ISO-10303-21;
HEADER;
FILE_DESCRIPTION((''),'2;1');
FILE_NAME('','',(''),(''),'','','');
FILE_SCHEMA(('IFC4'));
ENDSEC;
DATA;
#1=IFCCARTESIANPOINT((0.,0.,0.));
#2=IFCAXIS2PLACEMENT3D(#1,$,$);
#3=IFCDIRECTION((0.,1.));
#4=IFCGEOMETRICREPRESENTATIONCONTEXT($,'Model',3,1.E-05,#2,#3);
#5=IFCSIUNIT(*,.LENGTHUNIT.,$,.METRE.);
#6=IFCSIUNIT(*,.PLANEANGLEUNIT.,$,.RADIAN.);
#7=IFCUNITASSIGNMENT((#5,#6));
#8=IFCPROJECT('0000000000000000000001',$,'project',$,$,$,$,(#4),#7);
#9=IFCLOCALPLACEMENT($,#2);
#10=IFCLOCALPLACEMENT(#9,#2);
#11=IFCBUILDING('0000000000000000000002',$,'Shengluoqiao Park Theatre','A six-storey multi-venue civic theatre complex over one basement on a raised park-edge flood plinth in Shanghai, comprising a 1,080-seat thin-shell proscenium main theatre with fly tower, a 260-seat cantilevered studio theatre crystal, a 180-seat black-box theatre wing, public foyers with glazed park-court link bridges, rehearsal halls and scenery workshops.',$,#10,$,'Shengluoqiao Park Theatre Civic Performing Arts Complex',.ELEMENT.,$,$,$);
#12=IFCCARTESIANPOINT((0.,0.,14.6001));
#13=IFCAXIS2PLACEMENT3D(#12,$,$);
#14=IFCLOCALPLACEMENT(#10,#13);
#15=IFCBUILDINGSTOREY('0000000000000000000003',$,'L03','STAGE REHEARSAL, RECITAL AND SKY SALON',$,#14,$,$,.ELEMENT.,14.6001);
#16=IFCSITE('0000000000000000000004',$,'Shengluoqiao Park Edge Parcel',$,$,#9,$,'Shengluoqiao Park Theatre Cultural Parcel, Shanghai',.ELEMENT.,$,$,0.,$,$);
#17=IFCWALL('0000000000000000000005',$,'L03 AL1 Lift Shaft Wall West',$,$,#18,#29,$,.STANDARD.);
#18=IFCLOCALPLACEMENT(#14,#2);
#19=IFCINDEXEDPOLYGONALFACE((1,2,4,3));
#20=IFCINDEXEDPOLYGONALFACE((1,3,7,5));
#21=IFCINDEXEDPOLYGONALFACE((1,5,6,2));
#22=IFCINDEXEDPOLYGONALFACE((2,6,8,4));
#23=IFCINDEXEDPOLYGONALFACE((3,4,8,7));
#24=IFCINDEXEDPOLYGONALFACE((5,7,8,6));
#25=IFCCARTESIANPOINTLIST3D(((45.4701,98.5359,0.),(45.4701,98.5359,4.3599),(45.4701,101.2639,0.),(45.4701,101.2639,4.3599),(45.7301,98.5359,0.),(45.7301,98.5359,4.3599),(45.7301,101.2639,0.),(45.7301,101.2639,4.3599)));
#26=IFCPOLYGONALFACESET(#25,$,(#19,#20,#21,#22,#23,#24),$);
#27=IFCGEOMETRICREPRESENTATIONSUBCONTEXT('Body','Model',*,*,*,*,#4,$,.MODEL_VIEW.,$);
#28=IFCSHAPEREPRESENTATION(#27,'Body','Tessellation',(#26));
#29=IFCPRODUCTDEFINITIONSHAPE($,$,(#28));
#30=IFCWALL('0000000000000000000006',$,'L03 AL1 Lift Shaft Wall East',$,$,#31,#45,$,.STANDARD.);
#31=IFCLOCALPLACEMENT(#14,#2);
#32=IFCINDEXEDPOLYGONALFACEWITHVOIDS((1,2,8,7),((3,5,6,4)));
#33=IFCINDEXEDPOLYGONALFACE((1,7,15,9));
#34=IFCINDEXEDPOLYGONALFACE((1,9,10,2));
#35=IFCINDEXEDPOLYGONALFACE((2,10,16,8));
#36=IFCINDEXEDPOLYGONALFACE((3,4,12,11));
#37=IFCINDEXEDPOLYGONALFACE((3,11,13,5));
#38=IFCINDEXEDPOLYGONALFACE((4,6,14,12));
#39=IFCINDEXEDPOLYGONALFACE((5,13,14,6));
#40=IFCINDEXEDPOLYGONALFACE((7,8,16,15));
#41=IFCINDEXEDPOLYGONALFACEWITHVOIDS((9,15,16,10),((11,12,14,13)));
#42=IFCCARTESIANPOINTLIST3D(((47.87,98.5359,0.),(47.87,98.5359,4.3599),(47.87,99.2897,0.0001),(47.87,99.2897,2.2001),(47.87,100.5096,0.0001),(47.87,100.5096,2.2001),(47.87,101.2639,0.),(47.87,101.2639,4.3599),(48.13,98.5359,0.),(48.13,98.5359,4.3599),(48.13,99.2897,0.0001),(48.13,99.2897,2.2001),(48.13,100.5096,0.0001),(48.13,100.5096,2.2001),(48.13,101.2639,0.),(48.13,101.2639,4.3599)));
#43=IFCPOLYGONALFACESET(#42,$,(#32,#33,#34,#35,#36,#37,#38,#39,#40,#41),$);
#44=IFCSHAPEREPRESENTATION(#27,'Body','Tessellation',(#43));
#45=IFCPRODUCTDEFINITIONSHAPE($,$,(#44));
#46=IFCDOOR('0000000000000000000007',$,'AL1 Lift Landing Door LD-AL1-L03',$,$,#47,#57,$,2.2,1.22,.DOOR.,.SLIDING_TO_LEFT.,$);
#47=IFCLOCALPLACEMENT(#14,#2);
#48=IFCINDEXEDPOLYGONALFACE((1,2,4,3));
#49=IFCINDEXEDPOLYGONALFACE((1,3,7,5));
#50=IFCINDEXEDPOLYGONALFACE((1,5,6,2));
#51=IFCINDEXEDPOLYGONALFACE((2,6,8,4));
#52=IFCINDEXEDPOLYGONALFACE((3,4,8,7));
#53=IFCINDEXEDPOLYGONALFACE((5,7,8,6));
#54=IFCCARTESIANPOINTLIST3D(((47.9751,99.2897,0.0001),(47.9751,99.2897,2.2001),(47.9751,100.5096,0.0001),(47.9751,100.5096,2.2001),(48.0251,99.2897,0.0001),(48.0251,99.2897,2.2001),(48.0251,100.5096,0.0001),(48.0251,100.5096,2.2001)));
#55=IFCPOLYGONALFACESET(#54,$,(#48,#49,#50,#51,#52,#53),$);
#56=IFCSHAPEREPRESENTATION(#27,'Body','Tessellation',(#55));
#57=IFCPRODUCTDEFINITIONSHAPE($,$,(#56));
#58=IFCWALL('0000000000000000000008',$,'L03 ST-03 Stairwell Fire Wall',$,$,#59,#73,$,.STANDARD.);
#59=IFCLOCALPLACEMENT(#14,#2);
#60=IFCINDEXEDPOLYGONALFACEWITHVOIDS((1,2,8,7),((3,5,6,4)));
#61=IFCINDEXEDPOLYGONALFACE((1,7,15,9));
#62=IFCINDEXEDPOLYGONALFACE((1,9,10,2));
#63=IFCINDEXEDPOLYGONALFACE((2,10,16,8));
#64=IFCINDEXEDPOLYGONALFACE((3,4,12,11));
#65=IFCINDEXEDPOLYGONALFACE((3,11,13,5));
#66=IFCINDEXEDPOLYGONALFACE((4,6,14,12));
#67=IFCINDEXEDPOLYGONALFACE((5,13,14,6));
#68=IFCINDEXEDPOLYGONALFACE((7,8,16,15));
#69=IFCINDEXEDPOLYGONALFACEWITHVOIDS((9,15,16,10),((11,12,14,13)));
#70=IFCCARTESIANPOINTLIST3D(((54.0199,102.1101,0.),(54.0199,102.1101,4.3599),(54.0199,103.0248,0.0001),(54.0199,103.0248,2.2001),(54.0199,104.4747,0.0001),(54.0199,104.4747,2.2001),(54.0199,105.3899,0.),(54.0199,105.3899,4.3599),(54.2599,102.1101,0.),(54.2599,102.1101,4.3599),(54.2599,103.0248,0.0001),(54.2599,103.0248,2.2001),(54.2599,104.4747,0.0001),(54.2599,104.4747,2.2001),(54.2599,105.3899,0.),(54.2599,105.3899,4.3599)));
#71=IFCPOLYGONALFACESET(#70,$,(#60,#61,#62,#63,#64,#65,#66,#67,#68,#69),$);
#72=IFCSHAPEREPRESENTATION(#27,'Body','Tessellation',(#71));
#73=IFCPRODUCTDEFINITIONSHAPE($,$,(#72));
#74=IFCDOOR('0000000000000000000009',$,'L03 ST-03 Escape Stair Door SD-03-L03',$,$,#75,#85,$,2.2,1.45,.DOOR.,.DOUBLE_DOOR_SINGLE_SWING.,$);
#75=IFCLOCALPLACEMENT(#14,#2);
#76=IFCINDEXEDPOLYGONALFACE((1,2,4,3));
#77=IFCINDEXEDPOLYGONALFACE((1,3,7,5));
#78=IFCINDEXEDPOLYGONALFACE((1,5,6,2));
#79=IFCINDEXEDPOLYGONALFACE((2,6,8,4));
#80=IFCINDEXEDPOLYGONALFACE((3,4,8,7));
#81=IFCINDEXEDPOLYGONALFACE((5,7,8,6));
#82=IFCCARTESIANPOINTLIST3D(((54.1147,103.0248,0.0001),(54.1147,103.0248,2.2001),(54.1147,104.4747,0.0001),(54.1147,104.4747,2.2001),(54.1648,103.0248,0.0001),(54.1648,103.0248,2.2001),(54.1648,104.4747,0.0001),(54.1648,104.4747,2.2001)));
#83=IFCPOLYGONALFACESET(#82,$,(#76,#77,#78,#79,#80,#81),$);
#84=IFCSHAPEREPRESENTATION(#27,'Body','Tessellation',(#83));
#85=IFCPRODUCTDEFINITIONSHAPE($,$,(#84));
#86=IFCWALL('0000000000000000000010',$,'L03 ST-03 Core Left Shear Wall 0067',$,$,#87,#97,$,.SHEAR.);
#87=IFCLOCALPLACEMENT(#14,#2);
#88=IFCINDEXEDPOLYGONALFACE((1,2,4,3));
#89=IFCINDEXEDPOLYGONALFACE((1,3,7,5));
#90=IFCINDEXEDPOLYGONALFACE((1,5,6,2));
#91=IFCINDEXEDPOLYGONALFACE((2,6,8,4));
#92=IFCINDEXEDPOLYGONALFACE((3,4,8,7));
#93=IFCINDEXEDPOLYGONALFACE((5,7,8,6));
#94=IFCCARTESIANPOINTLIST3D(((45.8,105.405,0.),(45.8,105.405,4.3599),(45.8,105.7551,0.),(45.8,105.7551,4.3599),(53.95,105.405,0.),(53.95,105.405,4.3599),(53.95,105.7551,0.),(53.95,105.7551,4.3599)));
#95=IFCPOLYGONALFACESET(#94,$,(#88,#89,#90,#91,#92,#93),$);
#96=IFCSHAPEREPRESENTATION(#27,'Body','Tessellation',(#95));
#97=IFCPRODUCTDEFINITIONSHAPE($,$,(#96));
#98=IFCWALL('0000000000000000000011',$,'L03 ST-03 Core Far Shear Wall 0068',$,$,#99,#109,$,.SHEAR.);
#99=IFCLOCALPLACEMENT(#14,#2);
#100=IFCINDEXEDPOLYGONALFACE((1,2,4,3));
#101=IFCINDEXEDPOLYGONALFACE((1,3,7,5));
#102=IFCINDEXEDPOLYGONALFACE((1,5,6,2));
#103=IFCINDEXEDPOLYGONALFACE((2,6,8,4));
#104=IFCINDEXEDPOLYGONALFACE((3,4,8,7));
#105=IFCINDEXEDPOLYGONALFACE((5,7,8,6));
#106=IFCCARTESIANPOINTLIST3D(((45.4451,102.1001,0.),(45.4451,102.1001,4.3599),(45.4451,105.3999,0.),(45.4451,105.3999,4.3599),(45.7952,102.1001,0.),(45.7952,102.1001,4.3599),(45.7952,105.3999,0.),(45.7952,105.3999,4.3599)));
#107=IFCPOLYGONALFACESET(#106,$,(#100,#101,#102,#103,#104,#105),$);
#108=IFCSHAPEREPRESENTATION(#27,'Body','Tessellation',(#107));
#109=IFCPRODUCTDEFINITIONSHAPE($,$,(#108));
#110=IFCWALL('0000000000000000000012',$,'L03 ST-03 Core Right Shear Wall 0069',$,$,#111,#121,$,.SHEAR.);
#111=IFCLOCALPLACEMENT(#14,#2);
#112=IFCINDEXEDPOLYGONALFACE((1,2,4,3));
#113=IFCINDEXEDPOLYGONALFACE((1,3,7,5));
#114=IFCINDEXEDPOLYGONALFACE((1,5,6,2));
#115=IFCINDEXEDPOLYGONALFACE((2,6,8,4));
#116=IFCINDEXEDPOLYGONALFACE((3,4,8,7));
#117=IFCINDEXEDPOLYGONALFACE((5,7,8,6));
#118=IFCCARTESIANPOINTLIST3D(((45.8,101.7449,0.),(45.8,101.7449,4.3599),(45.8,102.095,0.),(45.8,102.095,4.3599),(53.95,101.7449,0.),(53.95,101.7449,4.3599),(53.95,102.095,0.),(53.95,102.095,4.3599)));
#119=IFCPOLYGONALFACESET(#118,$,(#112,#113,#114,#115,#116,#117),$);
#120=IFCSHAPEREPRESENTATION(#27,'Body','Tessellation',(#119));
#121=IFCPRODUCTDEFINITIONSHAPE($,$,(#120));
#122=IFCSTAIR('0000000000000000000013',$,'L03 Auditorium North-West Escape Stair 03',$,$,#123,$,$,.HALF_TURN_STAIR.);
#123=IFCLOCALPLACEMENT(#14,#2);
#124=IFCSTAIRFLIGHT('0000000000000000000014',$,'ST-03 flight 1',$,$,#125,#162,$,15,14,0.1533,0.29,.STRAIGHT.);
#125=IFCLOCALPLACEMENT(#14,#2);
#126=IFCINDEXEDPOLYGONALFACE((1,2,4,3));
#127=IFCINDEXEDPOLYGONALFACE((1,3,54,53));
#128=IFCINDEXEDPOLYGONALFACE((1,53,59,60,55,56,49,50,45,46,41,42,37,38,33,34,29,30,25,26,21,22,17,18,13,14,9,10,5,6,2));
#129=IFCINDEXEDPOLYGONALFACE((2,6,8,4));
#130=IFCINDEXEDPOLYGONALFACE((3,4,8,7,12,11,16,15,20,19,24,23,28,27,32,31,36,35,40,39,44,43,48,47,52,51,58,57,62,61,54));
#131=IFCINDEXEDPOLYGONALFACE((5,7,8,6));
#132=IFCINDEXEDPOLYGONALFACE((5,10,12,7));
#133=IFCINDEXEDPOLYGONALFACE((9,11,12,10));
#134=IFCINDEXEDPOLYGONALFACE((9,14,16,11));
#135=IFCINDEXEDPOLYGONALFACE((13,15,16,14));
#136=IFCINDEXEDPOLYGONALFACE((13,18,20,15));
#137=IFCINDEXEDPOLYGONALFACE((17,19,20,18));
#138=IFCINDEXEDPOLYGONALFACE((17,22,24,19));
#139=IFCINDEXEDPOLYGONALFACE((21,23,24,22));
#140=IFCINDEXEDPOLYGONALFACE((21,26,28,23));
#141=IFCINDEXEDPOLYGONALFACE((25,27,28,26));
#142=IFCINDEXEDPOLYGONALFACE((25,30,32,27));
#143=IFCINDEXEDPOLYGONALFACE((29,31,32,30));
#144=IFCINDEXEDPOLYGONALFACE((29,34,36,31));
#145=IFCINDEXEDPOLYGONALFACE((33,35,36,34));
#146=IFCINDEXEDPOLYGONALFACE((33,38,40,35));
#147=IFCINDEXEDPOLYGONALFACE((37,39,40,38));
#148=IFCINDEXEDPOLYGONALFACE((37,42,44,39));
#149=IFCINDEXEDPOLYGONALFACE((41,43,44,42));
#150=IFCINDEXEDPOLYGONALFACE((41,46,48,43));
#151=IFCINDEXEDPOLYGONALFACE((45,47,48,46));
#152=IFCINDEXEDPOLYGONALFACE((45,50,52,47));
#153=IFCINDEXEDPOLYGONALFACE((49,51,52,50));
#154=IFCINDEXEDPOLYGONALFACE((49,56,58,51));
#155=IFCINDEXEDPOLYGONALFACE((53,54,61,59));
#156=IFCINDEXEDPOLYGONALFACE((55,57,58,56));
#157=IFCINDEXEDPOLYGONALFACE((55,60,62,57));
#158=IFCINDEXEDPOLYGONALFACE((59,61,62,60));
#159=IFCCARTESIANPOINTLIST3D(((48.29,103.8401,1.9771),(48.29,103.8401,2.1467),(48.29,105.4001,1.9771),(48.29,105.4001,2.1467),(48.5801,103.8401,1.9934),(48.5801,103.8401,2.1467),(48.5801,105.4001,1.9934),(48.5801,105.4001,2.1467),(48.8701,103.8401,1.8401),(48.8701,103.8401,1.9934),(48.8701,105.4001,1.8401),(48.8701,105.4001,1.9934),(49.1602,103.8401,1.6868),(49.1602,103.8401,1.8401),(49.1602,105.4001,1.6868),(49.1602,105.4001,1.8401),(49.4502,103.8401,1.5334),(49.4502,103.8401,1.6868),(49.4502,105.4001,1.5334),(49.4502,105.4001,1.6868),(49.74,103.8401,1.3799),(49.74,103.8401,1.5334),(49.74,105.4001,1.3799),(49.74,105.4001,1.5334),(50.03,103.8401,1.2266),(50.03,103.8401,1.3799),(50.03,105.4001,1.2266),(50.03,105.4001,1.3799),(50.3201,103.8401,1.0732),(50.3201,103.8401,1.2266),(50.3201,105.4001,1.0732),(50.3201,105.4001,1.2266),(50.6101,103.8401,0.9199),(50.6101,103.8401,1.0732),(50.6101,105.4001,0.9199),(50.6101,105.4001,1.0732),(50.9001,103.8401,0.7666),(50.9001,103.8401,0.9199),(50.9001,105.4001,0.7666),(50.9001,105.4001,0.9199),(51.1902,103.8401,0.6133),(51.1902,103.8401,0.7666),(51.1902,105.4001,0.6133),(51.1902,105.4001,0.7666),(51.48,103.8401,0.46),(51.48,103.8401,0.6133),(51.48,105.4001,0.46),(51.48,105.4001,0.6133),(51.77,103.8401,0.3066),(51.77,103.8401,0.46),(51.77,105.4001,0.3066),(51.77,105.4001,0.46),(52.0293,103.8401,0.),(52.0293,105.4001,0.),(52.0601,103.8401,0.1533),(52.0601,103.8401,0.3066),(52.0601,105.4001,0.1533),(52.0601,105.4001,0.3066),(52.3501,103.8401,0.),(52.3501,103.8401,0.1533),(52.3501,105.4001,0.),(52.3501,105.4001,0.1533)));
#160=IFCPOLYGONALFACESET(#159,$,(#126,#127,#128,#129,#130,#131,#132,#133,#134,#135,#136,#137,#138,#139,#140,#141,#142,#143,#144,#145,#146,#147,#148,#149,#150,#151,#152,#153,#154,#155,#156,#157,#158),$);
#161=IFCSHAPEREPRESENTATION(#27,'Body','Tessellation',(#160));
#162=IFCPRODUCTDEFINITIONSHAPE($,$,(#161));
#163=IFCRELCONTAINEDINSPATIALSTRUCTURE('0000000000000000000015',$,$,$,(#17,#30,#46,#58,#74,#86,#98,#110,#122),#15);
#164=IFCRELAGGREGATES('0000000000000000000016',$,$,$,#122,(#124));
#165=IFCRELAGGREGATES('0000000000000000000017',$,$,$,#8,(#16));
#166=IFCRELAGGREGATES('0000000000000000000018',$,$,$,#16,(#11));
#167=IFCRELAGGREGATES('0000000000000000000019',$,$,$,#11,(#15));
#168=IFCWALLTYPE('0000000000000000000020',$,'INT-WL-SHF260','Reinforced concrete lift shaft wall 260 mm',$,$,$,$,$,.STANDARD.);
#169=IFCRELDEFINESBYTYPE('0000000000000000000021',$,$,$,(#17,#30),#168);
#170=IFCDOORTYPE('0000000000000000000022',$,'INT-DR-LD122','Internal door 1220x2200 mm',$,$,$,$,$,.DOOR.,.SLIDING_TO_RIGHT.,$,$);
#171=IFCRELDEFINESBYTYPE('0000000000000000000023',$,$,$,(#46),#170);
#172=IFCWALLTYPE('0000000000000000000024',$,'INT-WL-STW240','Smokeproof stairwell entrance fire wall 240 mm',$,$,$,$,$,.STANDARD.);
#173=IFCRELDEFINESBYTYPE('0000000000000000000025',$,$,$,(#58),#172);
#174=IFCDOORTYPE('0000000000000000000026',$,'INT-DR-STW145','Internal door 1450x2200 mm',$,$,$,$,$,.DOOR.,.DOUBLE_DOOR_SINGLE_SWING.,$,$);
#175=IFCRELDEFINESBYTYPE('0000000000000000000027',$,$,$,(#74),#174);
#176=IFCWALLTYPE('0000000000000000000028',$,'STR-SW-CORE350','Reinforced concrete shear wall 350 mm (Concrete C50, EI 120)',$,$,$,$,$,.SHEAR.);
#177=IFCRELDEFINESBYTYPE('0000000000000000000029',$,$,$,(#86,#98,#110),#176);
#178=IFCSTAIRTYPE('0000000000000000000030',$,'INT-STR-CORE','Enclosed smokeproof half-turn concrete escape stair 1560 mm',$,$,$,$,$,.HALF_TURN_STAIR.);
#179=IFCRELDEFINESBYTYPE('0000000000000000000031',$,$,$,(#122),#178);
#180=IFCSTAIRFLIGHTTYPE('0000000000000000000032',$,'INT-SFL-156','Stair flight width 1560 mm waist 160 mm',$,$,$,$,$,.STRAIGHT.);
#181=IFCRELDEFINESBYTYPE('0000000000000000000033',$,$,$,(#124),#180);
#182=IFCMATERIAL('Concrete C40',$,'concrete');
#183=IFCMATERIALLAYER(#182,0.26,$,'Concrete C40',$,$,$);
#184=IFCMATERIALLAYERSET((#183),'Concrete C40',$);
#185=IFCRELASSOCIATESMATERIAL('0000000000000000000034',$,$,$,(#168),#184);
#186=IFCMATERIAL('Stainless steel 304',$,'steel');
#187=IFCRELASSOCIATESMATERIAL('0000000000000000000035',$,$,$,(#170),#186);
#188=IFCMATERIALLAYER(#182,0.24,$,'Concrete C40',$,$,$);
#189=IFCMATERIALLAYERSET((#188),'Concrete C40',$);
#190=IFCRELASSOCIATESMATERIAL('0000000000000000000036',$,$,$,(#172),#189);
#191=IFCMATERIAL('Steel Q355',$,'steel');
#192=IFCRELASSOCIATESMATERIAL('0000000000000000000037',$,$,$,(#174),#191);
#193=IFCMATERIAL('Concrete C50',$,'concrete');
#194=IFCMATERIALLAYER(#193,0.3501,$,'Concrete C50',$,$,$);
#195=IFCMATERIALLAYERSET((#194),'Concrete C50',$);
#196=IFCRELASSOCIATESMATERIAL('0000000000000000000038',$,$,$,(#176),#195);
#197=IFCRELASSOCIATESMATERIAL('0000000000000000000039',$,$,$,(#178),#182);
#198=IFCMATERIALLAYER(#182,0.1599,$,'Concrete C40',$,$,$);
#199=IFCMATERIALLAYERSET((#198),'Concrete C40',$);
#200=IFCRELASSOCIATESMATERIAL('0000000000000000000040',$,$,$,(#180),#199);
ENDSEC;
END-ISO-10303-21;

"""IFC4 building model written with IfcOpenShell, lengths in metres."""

from ifc_helpers import new_model, si_unit, direction, frame, frame_2d, origin, place, context, subcontext, project, spatial, polyline, rectangle, outline, extrude, material, layer, layer_set, type_object, element, fill, aggregate, save


model = new_model("IFC4")

# Units and contexts
model_context = context("Model", 3, precision=1e-05, world=origin(), true_north=direction((0.0, 1.0)))
body_context = subcontext(model_context, "Body", "Model", "MODEL_VIEW")
ifc_project = project(units=[si_unit("LENGTHUNIT", "METRE"), si_unit("PLANEANGLEUNIT", "RADIAN")], contexts=[model_context])

# Site, building, storey
site_placement = place(None, origin())
site = spatial("IfcSite", under=ifc_project, at=site_placement, Name="Shengluoqiao Park Edge Parcel", LongName="Shengluoqiao Park Theatre Cultural Parcel, Shanghai", CompositionType="ELEMENT", RefElevation=0.0)
building_placement = place(site_placement, origin())
building = spatial("IfcBuilding", under=site, at=building_placement, Name="Shengluoqiao Park Theatre", Description="A six-storey multi-venue civic theatre complex over one basement on a raised park-edge flood plinth in Shanghai, comprising a 1,080-seat thin-shell proscenium main theatre with fly tower, a 260-seat cantilevered studio theatre crystal, a 180-seat black-box theatre wing, public foyers with glazed park-court link bridges, rehearsal halls and scenery workshops.", LongName="Shengluoqiao Park Theatre Civic Performing Arts Complex", CompositionType="ELEMENT")
storey_placement = place(building_placement, frame((0.0, 0.0, 14.6001)))
storey = spatial("IfcBuildingStorey", under=building, at=storey_placement, Name="L03", Description="STAGE REHEARSAL, RECITAL AND SKY SALON", CompositionType="ELEMENT", Elevation=14.6001)

# Shared definitions
ifc_material_1 = material(Name="Concrete C50", Category="concrete")

# Shared definitions
ifc_material_2 = material(Name="Steel Q355", Category="steel")

# Shared definitions
ifc_material_3 = material(Name="Concrete C40", Category="concrete")
ifc_layer_1 = layer(ifc_material_3, 0.26, Name="Concrete C40")
ifc_layer_set_1 = layer_set([ifc_layer_1], Name="Concrete C40")
wall_type_1 = type_object("IfcWallType", Name="INT-WL-SHF260", Description="Reinforced concrete lift shaft wall 260 mm", PredefinedType="STANDARD", material=ifc_layer_set_1)

# Shared definitions
ifc_material_4 = material(Name="Stainless steel 304", Category="steel")
door_type_1 = type_object("IfcDoorType", Name="INT-DR-LD122", Description="Internal door 1220x2200 mm", OperationType="SLIDING_TO_RIGHT", PredefinedType="DOOR", material=ifc_material_4)

# Wall
wall_1_placement = place(storey_placement, frame((45.6001, 98.5359, 0.0), z_axis=(0.0, 0.0, 1.0), x_axis=(0.0, 1.0, 0.0)))
element("IfcWall", 1, at=wall_1_placement, inside=storey, type_object=wall_type_1, Name="L03 AL1 Lift Shaft Wall West", PredefinedType="STANDARD", context=body_context, shape_type="SweptSolid", body=[
    extrude(rectangle(XDim=2.728, YDim=0.26, at=frame_2d((1.364, 0.0))), origin(), (0.0, 0.0, 1.0), 4.3599),
])

# Walls, openings, doors
wall_2_placement = place(storey_placement, frame((48.0, 98.5359, 0.0), z_axis=(0.0, 0.0, 1.0), x_axis=(0.0, 1.0, 0.0)))
wall_2 = element("IfcWall", 2, at=wall_2_placement, inside=storey, type_object=wall_type_1, Name="L03 AL1 Lift Shaft Wall East", PredefinedType="STANDARD", context=body_context, shape_type="SweptSolid", body=[
    extrude(rectangle(XDim=2.728, YDim=0.26, at=frame_2d((1.364, 0.0))), origin(), (0.0, 0.0, 1.0), 4.3599),
])
opening_1_placement = place(wall_2_placement, frame((0.7539, 0.0, 0.0)))
opening_1 = element("IfcOpeningElement", 3, at=opening_1_placement, cuts=wall_2, PredefinedType="OPENING", context=body_context, shape_type="SweptSolid", body=[
    extrude(rectangle(XDim=1.22, YDim=2.2, at=frame_2d((0.6099, 1.1001))), frame((0.0, 0.1399, 0.0), z_axis=(0.0, -1.0, 0.0), x_axis=(1.0, 0.0, 0.0)), (0.0, 0.0, 1.0), 0.28),
])
door_1_placement = place(opening_1_placement, origin())
door_1 = element("IfcDoor", 4, at=door_1_placement, inside=storey, type_object=door_type_1, Name="AL1 Lift Landing Door LD-AL1-L03", OperationType="SLIDING_TO_LEFT", OverallHeight=2.2, OverallWidth=1.22, PredefinedType="DOOR", context=body_context, shape_type="SweptSolid", body=[
    extrude(rectangle(XDim=1.22, YDim=2.2, at=frame_2d((0.6099, 1.1001))), frame((0.0, 0.0249, 0.0), z_axis=(0.0, -1.0, 0.0), x_axis=(1.0, 0.0, 0.0)), (0.0, 0.0, 1.0), 0.05),
])
fill(opening_1, door_1)
ifc_layer_2 = layer(ifc_material_3, 0.24, Name="Concrete C40")
ifc_layer_set_2 = layer_set([ifc_layer_2], Name="Concrete C40")
wall_type_2 = type_object("IfcWallType", Name="INT-WL-STW240", Description="Smokeproof stairwell entrance fire wall 240 mm", PredefinedType="STANDARD", material=ifc_layer_set_2)
wall_3_placement = place(storey_placement, frame((54.1399, 105.3899, 0.0), z_axis=(0.0, 0.0, 1.0), x_axis=(0.0, -1.0, 0.0)))
wall_3 = element("IfcWall", 5, at=wall_3_placement, inside=storey, type_object=wall_type_2, Name="L03 ST-03 Stairwell Fire Wall", PredefinedType="STANDARD", context=body_context, shape_type="SweptSolid", body=[
    extrude(rectangle(XDim=3.2798, YDim=0.24, at=frame_2d((1.6399, 0.0))), origin(), (0.0, 0.0, 1.0), 4.3599),
])
opening_2_placement = place(wall_3_placement, frame((0.915, 0.0, 0.0)))
opening_2 = element("IfcOpeningElement", 6, at=opening_2_placement, cuts=wall_3, PredefinedType="OPENING", context=body_context, shape_type="SweptSolid", body=[
    extrude(rectangle(XDim=1.45, YDim=2.2, at=frame_2d((0.7251, 1.1001))), frame((0.0, 0.1299, 0.0), z_axis=(0.0, -1.0, 0.0), x_axis=(1.0, 0.0, 0.0)), (0.0, 0.0, 1.0), 0.26),
])
door_type_2 = type_object("IfcDoorType", Name="INT-DR-STW145", Description="Internal door 1450x2200 mm", OperationType="DOUBLE_DOOR_SINGLE_SWING", PredefinedType="DOOR", material=ifc_material_2)
door_2_placement = place(opening_2_placement, origin())
door_2 = element("IfcDoor", 7, at=door_2_placement, inside=storey, type_object=door_type_2, Name="L03 ST-03 Escape Stair Door SD-03-L03", OperationType="DOUBLE_DOOR_SINGLE_SWING", OverallHeight=2.2, OverallWidth=1.45, PredefinedType="DOOR", context=body_context, shape_type="SweptSolid", body=[
    extrude(rectangle(XDim=1.45, YDim=2.2, at=frame_2d((0.7251, 1.1001))), frame((0.0, 0.0249, 0.0), z_axis=(0.0, -1.0, 0.0), x_axis=(1.0, 0.0, 0.0)), (0.0, 0.0, 1.0), 0.05),
])
fill(opening_2, door_2)

# Walls
ifc_layer_3 = layer(ifc_material_1, 0.3501, Name="Concrete C50")
ifc_layer_set_3 = layer_set([ifc_layer_3], Name="Concrete C50")
wall_type_3 = type_object("IfcWallType", Name="STR-SW-CORE350", Description="Reinforced concrete shear wall 350 mm (Concrete C50, EI 120)", PredefinedType="SHEAR", material=ifc_layer_set_3)
wall_4_placement = place(storey_placement, frame((53.95, 105.5801, 0.0), z_axis=(0.0, 0.0, 1.0), x_axis=(-1.0, 0.0, 0.0)))
element("IfcWall", 8, at=wall_4_placement, inside=storey, type_object=wall_type_3, Name="L03 ST-03 Core Left Shear Wall 0067", PredefinedType="SHEAR", context=body_context, shape_type="SweptSolid", body=[
    extrude(rectangle(XDim=8.1499, YDim=0.3501, at=frame_2d((4.075, 0.0))), origin(), (0.0, 0.0, 1.0), 4.3599),
])
wall_5_placement = place(storey_placement, frame((45.6201, 105.3999, 0.0), z_axis=(0.0, 0.0, 1.0), x_axis=(0.0, -1.0, 0.0)))
element("IfcWall", 9, at=wall_5_placement, inside=storey, type_object=wall_type_3, Name="L03 ST-03 Core Far Shear Wall 0068", PredefinedType="SHEAR", context=body_context, shape_type="SweptSolid", body=[
    extrude(rectangle(XDim=3.2998, YDim=0.3501, at=frame_2d((1.6499, 0.0))), origin(), (0.0, 0.0, 1.0), 4.3599),
])
wall_6_placement = place(storey_placement, frame((45.8, 101.9199, 0.0), z_axis=(0.0, 0.0, 1.0), x_axis=(1.0, 0.0, 0.0)))
element("IfcWall", 10, at=wall_6_placement, inside=storey, type_object=wall_type_3, Name="L03 ST-03 Core Right Shear Wall 0069", PredefinedType="SHEAR", context=body_context, shape_type="SweptSolid", body=[
    extrude(rectangle(XDim=8.1499, YDim=0.3501, at=frame_2d((4.075, 0.0))), origin(), (0.0, 0.0, 1.0), 4.3599),
])

# Stair, stair flight
stair_type = type_object("IfcStairType", Name="INT-STR-CORE", Description="Enclosed smokeproof half-turn concrete escape stair 1560 mm", PredefinedType="HALF_TURN_STAIR", material=ifc_material_3)
stair_placement = place(storey_placement, origin())
stair = element("IfcStair", 11, at=stair_placement, inside=storey, type_object=stair_type, Name="L03 Auditorium North-West Escape Stair 03", PredefinedType="HALF_TURN_STAIR")
ifc_layer_4 = layer(ifc_material_3, 0.1599, Name="Concrete C40")
ifc_layer_set_4 = layer_set([ifc_layer_4], Name="Concrete C40")
stair_flight_type = type_object("IfcStairFlightType", Name="INT-SFL-156", Description="Stair flight width 1560 mm waist 160 mm", PredefinedType="STRAIGHT", material=ifc_layer_set_4)
stair_flight_1_placement = place(storey_placement, frame((52.3501, 104.6201, 0.0), z_axis=(0.0, 0.0, 1.0), x_axis=(-1.0, 0.0, 0.0)))
stair_flight_1 = element("IfcStairFlight", 12, at=stair_flight_1_placement, type_object=stair_flight_type, Name="ST-03 flight 1", NumberOfRisers=15, NumberOfTreads=14, PredefinedType="STRAIGHT", RiserHeight=0.1533, TreadLength=0.29, context=body_context, shape_type="SweptSolid", body=[
    extrude(outline(polyline([(0.0, 0.0), (0.0, 0.1533), (0.29, 0.1533), (0.29, 0.3066), (0.5801, 0.3066), (0.5801, 0.46), (0.8701, 0.46), (0.8701, 0.6133), (1.1599, 0.6133), (1.1599, 0.7666), (1.45, 0.7666), (1.45, 0.9199), (1.74, 0.9199), (1.74, 1.0732), (2.03, 1.0732), (2.03, 1.2266), (2.3201, 1.2266), (2.3201, 1.3799), (2.6101, 1.3799), (2.6101, 1.5334), (2.8999, 1.5334), (2.8999, 1.6868), (3.1899, 1.6868), (3.1899, 1.8401), (3.48, 1.8401), (3.48, 1.9934), (3.77, 1.9934), (3.77, 2.1467), (4.0601, 2.1467), (4.0601, 2.3), (4.0601, 1.9771), (0.3208, 0.0), (0.0, 0.0)])), frame((0.0, 0.78, 0.0), z_axis=(0.0, -1.0, 0.0), x_axis=(1.0, 0.0, 0.0)), (0.0, 0.0, 1.0), 1.5601),
])
aggregate(stair, [stair_flight_1])

save(model, "model.ifc")
